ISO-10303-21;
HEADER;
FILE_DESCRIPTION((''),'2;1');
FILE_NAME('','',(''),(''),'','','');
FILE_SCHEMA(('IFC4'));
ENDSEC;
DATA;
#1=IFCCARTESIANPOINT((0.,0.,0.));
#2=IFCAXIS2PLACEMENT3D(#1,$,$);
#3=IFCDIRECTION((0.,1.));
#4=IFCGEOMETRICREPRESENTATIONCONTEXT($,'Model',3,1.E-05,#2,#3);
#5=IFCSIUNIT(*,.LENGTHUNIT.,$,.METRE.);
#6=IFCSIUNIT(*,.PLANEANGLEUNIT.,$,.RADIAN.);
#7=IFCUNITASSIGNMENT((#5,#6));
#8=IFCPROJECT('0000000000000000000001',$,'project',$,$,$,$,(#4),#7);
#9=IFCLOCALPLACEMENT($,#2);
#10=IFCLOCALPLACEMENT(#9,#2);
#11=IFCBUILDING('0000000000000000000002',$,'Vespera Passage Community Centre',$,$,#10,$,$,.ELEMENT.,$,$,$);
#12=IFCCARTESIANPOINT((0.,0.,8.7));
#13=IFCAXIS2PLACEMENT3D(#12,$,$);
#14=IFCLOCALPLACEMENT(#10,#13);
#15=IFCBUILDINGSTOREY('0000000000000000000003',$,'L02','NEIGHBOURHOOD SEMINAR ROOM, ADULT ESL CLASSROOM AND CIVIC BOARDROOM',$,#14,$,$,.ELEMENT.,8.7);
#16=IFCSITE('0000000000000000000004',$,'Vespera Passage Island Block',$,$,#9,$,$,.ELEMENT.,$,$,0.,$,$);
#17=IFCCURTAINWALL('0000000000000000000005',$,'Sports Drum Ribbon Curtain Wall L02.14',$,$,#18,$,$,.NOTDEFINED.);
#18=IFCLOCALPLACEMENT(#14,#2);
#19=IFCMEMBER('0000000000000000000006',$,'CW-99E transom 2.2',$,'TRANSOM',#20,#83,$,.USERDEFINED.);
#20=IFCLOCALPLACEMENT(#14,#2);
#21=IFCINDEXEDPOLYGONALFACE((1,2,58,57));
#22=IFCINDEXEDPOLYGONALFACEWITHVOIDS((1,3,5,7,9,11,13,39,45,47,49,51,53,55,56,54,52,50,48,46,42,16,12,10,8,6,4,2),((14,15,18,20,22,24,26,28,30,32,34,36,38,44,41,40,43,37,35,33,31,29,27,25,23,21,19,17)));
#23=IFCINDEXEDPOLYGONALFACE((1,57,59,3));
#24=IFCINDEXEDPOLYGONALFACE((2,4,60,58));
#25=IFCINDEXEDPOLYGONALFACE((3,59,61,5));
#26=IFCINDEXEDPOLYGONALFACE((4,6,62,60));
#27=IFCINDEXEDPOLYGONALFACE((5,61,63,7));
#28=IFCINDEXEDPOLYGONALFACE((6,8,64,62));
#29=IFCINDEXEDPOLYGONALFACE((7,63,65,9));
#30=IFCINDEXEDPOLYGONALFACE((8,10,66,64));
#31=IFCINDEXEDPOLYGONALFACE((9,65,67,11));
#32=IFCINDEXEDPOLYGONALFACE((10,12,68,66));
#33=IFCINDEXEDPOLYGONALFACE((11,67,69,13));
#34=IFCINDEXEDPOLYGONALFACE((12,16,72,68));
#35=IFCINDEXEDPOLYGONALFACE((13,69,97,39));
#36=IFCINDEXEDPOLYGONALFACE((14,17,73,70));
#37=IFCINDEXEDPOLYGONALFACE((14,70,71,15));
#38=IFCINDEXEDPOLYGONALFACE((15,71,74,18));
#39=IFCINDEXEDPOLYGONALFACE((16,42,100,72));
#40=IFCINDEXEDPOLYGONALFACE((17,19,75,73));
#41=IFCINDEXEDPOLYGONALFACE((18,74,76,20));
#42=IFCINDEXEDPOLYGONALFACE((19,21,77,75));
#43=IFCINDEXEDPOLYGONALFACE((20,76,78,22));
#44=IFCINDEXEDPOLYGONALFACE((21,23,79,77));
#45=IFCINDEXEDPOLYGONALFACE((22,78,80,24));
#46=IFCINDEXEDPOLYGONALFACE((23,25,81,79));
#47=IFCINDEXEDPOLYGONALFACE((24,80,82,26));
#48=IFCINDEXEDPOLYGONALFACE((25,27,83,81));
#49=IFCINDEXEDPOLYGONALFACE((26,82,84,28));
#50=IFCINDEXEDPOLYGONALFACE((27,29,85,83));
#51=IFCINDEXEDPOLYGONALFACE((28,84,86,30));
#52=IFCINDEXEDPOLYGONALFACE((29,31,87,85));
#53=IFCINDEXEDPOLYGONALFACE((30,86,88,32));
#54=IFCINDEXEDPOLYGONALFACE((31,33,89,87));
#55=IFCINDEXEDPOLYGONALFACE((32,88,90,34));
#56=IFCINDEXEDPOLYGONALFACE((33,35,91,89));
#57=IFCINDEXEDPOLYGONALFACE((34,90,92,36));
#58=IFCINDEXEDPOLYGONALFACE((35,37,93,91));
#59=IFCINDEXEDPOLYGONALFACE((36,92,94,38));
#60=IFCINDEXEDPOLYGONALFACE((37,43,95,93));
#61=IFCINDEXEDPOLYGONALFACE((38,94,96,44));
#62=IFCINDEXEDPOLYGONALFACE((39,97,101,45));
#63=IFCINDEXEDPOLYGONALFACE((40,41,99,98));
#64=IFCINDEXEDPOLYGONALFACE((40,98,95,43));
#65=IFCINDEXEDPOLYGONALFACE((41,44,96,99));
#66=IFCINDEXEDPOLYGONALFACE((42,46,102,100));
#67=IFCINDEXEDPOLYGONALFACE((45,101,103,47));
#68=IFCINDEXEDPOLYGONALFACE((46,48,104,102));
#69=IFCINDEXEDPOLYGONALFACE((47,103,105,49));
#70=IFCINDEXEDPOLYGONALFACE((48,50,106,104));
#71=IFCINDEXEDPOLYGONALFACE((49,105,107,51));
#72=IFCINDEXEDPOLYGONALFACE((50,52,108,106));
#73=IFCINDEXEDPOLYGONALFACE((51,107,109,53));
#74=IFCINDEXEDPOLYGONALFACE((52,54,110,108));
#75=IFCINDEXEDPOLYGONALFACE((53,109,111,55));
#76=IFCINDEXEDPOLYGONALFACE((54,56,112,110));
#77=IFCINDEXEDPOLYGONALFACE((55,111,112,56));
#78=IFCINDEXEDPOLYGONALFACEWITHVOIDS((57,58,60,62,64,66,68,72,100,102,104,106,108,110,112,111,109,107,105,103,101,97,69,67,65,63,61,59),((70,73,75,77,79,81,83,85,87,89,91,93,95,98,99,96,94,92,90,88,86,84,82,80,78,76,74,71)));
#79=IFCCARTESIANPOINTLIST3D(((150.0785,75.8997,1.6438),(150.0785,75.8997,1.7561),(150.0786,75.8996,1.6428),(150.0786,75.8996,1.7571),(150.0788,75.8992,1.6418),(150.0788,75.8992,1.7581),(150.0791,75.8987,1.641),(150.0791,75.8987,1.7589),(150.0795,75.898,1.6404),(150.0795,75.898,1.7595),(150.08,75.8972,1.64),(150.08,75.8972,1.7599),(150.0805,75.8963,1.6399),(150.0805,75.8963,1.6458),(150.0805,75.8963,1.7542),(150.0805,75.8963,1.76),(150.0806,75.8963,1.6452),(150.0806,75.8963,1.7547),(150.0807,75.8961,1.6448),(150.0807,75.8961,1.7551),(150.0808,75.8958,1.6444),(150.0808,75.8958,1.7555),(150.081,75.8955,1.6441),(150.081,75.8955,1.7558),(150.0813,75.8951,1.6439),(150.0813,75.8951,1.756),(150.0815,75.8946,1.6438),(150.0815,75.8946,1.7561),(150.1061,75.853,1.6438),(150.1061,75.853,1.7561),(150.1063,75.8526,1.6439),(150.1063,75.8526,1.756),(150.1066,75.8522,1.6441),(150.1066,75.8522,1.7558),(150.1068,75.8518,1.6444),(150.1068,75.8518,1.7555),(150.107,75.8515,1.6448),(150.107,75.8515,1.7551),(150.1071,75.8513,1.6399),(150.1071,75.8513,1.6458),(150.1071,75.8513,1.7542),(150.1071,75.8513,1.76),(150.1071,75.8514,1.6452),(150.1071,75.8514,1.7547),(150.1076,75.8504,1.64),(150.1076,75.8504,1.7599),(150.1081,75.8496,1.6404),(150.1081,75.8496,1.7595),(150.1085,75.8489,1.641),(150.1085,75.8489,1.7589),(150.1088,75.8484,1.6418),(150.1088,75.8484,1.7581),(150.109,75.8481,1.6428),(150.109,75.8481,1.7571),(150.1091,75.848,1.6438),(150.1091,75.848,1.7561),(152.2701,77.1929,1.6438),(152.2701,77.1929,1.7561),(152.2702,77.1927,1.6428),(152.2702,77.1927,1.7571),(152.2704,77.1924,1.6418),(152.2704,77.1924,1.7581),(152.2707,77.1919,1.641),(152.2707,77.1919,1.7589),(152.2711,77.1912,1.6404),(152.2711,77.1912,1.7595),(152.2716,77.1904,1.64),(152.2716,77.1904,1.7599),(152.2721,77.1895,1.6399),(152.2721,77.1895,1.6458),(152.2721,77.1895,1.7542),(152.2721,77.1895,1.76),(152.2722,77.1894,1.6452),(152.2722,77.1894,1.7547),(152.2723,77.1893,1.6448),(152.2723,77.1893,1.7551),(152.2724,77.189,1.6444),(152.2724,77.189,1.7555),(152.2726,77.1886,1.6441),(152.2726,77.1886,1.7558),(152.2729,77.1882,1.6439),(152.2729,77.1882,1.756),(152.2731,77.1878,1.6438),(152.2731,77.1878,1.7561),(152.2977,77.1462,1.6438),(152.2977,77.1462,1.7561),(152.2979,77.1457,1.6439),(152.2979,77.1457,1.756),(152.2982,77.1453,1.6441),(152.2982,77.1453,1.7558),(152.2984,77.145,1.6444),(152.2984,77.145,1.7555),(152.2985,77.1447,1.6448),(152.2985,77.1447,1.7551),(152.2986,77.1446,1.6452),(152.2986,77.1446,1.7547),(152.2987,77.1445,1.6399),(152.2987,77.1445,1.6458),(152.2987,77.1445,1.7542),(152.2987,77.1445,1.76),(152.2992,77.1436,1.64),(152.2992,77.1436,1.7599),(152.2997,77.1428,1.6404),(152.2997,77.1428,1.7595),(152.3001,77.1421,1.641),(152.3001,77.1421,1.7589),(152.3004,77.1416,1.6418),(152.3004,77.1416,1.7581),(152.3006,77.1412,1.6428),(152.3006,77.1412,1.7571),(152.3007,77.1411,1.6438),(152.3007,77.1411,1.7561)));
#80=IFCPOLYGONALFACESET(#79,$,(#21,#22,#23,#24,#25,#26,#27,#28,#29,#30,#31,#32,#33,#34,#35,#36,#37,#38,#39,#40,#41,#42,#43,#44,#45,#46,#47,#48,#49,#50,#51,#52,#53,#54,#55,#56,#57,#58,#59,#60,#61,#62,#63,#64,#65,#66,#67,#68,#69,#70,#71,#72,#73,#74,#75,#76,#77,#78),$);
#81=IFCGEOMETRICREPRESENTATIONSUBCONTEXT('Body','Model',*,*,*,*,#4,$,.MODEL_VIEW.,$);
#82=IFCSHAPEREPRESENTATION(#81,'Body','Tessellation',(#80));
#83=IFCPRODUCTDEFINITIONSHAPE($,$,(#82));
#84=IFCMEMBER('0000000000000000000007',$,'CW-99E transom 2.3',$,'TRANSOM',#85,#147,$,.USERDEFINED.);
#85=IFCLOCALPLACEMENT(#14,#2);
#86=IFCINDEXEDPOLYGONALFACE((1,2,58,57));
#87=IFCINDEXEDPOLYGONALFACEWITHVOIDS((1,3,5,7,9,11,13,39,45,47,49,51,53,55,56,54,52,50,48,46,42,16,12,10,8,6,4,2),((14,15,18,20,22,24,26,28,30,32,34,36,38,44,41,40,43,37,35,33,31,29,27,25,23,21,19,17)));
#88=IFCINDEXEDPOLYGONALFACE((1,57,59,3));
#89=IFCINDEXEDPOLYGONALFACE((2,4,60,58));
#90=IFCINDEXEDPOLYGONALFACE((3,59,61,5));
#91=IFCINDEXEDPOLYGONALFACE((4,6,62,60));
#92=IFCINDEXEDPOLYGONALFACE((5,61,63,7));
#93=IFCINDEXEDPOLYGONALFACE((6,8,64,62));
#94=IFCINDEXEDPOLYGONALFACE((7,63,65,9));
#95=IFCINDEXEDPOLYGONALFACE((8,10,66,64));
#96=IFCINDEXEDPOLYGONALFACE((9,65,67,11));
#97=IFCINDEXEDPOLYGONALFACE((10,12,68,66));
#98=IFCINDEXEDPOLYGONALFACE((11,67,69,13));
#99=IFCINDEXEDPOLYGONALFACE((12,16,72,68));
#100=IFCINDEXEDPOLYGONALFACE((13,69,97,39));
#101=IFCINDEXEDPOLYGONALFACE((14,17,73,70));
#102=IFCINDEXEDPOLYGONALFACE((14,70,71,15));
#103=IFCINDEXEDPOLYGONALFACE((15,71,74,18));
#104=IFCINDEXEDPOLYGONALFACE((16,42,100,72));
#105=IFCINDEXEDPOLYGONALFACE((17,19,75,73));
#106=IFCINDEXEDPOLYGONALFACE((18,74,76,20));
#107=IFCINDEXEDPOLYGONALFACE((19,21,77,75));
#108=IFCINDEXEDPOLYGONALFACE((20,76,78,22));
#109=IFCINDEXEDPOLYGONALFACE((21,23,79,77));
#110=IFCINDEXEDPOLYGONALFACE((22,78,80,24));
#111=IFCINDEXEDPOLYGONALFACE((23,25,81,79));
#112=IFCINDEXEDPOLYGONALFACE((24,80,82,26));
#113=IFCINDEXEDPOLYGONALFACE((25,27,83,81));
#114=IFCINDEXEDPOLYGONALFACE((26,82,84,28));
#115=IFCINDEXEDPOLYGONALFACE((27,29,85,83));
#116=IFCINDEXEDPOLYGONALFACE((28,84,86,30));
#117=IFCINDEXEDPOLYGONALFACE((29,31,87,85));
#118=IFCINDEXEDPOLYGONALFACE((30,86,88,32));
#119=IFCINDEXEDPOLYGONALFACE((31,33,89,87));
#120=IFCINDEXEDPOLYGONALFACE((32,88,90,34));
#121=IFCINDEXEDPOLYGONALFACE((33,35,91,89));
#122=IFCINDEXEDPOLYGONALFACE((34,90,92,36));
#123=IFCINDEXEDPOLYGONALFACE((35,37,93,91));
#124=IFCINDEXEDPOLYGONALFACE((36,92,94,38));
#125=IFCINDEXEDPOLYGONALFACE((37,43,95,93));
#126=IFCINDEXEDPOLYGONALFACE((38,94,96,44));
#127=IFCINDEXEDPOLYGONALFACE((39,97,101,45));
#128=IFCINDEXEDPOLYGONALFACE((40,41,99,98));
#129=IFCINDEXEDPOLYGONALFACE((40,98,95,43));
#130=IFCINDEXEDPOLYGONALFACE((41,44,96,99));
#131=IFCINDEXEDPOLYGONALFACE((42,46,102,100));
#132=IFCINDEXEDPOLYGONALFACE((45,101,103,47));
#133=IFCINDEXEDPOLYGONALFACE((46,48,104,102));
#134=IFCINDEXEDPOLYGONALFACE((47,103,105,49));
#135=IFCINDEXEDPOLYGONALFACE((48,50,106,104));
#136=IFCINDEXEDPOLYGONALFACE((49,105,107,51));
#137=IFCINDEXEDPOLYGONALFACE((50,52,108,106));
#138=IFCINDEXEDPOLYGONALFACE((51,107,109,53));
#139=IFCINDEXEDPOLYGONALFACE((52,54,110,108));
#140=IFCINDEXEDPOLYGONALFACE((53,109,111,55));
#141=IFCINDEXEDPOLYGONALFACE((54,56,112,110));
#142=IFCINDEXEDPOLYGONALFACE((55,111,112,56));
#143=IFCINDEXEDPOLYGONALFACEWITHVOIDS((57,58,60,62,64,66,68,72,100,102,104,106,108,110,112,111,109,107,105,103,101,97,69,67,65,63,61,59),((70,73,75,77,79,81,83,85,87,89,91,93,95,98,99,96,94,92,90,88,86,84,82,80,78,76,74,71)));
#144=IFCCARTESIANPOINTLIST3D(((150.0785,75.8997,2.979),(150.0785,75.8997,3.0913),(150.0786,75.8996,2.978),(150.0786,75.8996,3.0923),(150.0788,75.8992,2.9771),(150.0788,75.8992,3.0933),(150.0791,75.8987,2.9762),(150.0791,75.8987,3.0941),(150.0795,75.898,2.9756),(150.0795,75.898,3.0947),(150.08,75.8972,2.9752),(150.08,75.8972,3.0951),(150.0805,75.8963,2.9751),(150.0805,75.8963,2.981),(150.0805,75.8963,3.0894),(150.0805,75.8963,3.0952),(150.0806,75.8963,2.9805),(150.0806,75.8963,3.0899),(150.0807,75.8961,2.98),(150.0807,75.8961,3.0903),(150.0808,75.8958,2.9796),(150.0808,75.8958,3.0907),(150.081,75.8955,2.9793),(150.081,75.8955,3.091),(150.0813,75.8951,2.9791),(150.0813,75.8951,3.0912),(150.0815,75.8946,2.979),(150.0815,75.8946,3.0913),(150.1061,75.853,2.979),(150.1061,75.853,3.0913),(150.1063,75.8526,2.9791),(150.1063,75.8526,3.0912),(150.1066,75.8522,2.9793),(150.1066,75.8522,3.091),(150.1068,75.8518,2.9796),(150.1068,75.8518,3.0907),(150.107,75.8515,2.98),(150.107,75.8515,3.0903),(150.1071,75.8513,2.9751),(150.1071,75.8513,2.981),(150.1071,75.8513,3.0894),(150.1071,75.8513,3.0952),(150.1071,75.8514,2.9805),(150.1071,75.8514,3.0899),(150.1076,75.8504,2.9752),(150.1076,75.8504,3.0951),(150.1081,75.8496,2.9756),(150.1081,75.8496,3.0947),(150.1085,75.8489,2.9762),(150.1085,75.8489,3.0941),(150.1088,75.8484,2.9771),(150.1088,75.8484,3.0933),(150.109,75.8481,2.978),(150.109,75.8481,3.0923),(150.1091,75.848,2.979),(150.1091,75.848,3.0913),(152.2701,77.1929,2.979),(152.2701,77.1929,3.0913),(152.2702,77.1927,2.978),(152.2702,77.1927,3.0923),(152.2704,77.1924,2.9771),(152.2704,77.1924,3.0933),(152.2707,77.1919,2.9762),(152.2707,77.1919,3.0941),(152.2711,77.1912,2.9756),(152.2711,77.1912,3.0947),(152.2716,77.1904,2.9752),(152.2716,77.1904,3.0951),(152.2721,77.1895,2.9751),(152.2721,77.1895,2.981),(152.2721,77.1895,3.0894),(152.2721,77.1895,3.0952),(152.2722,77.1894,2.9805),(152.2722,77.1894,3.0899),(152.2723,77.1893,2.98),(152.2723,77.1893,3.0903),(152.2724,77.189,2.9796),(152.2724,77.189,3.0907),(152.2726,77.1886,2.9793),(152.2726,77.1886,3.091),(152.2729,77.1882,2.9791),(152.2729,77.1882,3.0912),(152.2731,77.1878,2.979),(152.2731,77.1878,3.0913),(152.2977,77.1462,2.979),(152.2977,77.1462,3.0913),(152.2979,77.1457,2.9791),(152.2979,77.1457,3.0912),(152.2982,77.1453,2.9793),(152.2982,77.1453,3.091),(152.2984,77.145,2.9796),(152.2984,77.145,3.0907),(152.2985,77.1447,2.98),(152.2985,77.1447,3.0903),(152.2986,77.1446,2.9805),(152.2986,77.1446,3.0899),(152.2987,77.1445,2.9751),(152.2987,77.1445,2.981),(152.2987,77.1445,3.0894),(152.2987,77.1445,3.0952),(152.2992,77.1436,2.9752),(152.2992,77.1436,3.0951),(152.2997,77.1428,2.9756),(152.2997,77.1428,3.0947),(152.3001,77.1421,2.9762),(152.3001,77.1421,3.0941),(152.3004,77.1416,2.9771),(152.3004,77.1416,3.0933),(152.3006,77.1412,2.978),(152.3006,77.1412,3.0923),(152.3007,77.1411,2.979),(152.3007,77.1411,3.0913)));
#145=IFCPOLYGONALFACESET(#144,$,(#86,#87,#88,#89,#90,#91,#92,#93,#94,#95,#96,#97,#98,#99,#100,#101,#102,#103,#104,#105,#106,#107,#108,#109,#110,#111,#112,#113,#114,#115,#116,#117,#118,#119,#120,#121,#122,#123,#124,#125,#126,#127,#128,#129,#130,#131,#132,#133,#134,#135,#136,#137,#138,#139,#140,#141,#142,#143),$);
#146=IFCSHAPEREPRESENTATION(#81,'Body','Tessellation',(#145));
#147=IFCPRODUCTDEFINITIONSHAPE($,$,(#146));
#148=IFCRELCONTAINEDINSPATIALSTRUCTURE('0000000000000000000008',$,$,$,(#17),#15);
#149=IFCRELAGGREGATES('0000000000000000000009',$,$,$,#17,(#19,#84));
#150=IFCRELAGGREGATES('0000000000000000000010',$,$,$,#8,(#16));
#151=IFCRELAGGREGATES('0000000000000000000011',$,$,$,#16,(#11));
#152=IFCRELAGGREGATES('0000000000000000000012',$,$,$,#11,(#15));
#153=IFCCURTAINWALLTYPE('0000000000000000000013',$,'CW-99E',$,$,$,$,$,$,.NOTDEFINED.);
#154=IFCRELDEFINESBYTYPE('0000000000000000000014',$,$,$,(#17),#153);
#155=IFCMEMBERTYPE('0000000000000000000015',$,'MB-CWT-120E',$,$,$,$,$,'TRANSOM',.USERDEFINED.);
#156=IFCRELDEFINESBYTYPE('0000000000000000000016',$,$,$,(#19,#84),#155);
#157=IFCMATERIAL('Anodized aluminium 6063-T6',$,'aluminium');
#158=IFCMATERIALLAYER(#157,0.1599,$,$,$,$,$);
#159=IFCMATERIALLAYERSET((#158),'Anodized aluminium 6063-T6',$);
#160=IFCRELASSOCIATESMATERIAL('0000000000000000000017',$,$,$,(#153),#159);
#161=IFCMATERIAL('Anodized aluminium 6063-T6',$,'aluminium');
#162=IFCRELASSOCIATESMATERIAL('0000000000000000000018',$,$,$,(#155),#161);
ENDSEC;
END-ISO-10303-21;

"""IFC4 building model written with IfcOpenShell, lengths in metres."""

from ifc_helpers import new_model, si_unit, direction, frame, origin, origin_2d, place, context, subcontext, project, spatial, hollow_rectangle, extrude, material, layer, layer_set, material_profile, profile_set, type_object, element, aggregate, save


model = new_model("IFC4")

# Units and contexts
model_context = context("Model", 3, precision=1e-05, world=origin(), true_north=direction((0.0, 1.0)))
body_context = subcontext(model_context, "Body", "Model", "MODEL_VIEW")
ifc_project = project(units=[si_unit("LENGTHUNIT", "METRE"), si_unit("PLANEANGLEUNIT", "RADIAN")], contexts=[model_context])

# Site, building, storey
site_placement = place(None, origin())
site = spatial("IfcSite", under=ifc_project, at=site_placement, Name="Vespera Passage Island Block", CompositionType="ELEMENT", RefElevation=0.0)
building_placement = place(site_placement, origin())
building = spatial("IfcBuilding", under=site, at=building_placement, Name="Vespera Passage Community Centre", CompositionType="ELEMENT")
storey_placement = place(building_placement, frame((0.0, 0.0, 8.7)))
storey = spatial("IfcBuildingStorey", under=building, at=storey_placement, Name="L02", Description="NEIGHBOURHOOD SEMINAR ROOM, ADULT ESL CLASSROOM AND CIVIC BOARDROOM", CompositionType="ELEMENT", Elevation=8.7)

# Shared definitions
ifc_material_1 = material(Name="Anodized aluminium 6063-T6", Category="aluminium")
ifc_layer_1 = layer(ifc_material_1, 0.1599)
ifc_layer_set_1 = layer_set([ifc_layer_1], Name="Anodized aluminium 6063-T6")
curtain_wall_type_1 = type_object("IfcCurtainWallType", Name="CW-99E", PredefinedType="NOTDEFINED", material=ifc_layer_set_1)

# Curtain wall
curtain_wall_1_placement = place(storey_placement, origin())
curtain_wall_1 = element("IfcCurtainWall", 1, at=curtain_wall_1_placement, inside=storey, type_object=curtain_wall_type_1, Name="Sports Drum Ribbon Curtain Wall L02.14", PredefinedType="NOTDEFINED")

# Members
ifc_material_2 = material(Name="Anodized aluminium 6063-T6", Category="aluminium")
ifc_material_profile_1 = material_profile(ifc_material_2, hollow_rectangle(XDim=0.0601, YDim=0.1201, WallThickness=0.0039, InnerFilletRadius=0.002, OuterFilletRadius=0.0039, at=origin_2d()), Name="ALU120X60X4")
ifc_profile_set_1 = profile_set([ifc_material_profile_1], Name="Anodized aluminium 6063-T6")
member_type_1 = type_object("IfcMemberType", Name="MB-CWT-120E", ElementType="TRANSOM", PredefinedType="USERDEFINED", material=ifc_profile_set_1)
member_1_placement = place(storey_placement, frame((152.2854, 77.167, 1.7), z_axis=(-0.861245, -0.508189, 0.0), x_axis=(0.508189, -0.861245, 0.0)))
member_1 = element("IfcMember", 2, at=member_1_placement, type_object=member_type_1, Name="CW-99E transom 2.2", ObjectType="TRANSOM", PredefinedType="USERDEFINED", context=body_context, shape_type="SweptSolid", body=[
    extrude(hollow_rectangle(XDim=0.0601, YDim=0.1201, WallThickness=0.0039, InnerFilletRadius=0.002, OuterFilletRadius=0.0039, at=origin_2d()), origin(), (0.0, 0.0, 1.0), 2.5447),
])
member_2_placement = place(storey_placement, frame((152.2854, 77.167, 3.0352), z_axis=(-0.861245, -0.508189, 0.0), x_axis=(0.508189, -0.861245, 0.0)))
member_2 = element("IfcMember", 3, at=member_2_placement, type_object=member_type_1, Name="CW-99E transom 2.3", ObjectType="TRANSOM", PredefinedType="USERDEFINED", context=body_context, shape_type="SweptSolid", body=[
    extrude(hollow_rectangle(XDim=0.0601, YDim=0.1201, WallThickness=0.0039, InnerFilletRadius=0.002, OuterFilletRadius=0.0039, at=origin_2d()), origin(), (0.0, 0.0, 1.0), 2.5447),
])

aggregate(curtain_wall_1, [member_1, member_2])

save(model, "model.ifc")
